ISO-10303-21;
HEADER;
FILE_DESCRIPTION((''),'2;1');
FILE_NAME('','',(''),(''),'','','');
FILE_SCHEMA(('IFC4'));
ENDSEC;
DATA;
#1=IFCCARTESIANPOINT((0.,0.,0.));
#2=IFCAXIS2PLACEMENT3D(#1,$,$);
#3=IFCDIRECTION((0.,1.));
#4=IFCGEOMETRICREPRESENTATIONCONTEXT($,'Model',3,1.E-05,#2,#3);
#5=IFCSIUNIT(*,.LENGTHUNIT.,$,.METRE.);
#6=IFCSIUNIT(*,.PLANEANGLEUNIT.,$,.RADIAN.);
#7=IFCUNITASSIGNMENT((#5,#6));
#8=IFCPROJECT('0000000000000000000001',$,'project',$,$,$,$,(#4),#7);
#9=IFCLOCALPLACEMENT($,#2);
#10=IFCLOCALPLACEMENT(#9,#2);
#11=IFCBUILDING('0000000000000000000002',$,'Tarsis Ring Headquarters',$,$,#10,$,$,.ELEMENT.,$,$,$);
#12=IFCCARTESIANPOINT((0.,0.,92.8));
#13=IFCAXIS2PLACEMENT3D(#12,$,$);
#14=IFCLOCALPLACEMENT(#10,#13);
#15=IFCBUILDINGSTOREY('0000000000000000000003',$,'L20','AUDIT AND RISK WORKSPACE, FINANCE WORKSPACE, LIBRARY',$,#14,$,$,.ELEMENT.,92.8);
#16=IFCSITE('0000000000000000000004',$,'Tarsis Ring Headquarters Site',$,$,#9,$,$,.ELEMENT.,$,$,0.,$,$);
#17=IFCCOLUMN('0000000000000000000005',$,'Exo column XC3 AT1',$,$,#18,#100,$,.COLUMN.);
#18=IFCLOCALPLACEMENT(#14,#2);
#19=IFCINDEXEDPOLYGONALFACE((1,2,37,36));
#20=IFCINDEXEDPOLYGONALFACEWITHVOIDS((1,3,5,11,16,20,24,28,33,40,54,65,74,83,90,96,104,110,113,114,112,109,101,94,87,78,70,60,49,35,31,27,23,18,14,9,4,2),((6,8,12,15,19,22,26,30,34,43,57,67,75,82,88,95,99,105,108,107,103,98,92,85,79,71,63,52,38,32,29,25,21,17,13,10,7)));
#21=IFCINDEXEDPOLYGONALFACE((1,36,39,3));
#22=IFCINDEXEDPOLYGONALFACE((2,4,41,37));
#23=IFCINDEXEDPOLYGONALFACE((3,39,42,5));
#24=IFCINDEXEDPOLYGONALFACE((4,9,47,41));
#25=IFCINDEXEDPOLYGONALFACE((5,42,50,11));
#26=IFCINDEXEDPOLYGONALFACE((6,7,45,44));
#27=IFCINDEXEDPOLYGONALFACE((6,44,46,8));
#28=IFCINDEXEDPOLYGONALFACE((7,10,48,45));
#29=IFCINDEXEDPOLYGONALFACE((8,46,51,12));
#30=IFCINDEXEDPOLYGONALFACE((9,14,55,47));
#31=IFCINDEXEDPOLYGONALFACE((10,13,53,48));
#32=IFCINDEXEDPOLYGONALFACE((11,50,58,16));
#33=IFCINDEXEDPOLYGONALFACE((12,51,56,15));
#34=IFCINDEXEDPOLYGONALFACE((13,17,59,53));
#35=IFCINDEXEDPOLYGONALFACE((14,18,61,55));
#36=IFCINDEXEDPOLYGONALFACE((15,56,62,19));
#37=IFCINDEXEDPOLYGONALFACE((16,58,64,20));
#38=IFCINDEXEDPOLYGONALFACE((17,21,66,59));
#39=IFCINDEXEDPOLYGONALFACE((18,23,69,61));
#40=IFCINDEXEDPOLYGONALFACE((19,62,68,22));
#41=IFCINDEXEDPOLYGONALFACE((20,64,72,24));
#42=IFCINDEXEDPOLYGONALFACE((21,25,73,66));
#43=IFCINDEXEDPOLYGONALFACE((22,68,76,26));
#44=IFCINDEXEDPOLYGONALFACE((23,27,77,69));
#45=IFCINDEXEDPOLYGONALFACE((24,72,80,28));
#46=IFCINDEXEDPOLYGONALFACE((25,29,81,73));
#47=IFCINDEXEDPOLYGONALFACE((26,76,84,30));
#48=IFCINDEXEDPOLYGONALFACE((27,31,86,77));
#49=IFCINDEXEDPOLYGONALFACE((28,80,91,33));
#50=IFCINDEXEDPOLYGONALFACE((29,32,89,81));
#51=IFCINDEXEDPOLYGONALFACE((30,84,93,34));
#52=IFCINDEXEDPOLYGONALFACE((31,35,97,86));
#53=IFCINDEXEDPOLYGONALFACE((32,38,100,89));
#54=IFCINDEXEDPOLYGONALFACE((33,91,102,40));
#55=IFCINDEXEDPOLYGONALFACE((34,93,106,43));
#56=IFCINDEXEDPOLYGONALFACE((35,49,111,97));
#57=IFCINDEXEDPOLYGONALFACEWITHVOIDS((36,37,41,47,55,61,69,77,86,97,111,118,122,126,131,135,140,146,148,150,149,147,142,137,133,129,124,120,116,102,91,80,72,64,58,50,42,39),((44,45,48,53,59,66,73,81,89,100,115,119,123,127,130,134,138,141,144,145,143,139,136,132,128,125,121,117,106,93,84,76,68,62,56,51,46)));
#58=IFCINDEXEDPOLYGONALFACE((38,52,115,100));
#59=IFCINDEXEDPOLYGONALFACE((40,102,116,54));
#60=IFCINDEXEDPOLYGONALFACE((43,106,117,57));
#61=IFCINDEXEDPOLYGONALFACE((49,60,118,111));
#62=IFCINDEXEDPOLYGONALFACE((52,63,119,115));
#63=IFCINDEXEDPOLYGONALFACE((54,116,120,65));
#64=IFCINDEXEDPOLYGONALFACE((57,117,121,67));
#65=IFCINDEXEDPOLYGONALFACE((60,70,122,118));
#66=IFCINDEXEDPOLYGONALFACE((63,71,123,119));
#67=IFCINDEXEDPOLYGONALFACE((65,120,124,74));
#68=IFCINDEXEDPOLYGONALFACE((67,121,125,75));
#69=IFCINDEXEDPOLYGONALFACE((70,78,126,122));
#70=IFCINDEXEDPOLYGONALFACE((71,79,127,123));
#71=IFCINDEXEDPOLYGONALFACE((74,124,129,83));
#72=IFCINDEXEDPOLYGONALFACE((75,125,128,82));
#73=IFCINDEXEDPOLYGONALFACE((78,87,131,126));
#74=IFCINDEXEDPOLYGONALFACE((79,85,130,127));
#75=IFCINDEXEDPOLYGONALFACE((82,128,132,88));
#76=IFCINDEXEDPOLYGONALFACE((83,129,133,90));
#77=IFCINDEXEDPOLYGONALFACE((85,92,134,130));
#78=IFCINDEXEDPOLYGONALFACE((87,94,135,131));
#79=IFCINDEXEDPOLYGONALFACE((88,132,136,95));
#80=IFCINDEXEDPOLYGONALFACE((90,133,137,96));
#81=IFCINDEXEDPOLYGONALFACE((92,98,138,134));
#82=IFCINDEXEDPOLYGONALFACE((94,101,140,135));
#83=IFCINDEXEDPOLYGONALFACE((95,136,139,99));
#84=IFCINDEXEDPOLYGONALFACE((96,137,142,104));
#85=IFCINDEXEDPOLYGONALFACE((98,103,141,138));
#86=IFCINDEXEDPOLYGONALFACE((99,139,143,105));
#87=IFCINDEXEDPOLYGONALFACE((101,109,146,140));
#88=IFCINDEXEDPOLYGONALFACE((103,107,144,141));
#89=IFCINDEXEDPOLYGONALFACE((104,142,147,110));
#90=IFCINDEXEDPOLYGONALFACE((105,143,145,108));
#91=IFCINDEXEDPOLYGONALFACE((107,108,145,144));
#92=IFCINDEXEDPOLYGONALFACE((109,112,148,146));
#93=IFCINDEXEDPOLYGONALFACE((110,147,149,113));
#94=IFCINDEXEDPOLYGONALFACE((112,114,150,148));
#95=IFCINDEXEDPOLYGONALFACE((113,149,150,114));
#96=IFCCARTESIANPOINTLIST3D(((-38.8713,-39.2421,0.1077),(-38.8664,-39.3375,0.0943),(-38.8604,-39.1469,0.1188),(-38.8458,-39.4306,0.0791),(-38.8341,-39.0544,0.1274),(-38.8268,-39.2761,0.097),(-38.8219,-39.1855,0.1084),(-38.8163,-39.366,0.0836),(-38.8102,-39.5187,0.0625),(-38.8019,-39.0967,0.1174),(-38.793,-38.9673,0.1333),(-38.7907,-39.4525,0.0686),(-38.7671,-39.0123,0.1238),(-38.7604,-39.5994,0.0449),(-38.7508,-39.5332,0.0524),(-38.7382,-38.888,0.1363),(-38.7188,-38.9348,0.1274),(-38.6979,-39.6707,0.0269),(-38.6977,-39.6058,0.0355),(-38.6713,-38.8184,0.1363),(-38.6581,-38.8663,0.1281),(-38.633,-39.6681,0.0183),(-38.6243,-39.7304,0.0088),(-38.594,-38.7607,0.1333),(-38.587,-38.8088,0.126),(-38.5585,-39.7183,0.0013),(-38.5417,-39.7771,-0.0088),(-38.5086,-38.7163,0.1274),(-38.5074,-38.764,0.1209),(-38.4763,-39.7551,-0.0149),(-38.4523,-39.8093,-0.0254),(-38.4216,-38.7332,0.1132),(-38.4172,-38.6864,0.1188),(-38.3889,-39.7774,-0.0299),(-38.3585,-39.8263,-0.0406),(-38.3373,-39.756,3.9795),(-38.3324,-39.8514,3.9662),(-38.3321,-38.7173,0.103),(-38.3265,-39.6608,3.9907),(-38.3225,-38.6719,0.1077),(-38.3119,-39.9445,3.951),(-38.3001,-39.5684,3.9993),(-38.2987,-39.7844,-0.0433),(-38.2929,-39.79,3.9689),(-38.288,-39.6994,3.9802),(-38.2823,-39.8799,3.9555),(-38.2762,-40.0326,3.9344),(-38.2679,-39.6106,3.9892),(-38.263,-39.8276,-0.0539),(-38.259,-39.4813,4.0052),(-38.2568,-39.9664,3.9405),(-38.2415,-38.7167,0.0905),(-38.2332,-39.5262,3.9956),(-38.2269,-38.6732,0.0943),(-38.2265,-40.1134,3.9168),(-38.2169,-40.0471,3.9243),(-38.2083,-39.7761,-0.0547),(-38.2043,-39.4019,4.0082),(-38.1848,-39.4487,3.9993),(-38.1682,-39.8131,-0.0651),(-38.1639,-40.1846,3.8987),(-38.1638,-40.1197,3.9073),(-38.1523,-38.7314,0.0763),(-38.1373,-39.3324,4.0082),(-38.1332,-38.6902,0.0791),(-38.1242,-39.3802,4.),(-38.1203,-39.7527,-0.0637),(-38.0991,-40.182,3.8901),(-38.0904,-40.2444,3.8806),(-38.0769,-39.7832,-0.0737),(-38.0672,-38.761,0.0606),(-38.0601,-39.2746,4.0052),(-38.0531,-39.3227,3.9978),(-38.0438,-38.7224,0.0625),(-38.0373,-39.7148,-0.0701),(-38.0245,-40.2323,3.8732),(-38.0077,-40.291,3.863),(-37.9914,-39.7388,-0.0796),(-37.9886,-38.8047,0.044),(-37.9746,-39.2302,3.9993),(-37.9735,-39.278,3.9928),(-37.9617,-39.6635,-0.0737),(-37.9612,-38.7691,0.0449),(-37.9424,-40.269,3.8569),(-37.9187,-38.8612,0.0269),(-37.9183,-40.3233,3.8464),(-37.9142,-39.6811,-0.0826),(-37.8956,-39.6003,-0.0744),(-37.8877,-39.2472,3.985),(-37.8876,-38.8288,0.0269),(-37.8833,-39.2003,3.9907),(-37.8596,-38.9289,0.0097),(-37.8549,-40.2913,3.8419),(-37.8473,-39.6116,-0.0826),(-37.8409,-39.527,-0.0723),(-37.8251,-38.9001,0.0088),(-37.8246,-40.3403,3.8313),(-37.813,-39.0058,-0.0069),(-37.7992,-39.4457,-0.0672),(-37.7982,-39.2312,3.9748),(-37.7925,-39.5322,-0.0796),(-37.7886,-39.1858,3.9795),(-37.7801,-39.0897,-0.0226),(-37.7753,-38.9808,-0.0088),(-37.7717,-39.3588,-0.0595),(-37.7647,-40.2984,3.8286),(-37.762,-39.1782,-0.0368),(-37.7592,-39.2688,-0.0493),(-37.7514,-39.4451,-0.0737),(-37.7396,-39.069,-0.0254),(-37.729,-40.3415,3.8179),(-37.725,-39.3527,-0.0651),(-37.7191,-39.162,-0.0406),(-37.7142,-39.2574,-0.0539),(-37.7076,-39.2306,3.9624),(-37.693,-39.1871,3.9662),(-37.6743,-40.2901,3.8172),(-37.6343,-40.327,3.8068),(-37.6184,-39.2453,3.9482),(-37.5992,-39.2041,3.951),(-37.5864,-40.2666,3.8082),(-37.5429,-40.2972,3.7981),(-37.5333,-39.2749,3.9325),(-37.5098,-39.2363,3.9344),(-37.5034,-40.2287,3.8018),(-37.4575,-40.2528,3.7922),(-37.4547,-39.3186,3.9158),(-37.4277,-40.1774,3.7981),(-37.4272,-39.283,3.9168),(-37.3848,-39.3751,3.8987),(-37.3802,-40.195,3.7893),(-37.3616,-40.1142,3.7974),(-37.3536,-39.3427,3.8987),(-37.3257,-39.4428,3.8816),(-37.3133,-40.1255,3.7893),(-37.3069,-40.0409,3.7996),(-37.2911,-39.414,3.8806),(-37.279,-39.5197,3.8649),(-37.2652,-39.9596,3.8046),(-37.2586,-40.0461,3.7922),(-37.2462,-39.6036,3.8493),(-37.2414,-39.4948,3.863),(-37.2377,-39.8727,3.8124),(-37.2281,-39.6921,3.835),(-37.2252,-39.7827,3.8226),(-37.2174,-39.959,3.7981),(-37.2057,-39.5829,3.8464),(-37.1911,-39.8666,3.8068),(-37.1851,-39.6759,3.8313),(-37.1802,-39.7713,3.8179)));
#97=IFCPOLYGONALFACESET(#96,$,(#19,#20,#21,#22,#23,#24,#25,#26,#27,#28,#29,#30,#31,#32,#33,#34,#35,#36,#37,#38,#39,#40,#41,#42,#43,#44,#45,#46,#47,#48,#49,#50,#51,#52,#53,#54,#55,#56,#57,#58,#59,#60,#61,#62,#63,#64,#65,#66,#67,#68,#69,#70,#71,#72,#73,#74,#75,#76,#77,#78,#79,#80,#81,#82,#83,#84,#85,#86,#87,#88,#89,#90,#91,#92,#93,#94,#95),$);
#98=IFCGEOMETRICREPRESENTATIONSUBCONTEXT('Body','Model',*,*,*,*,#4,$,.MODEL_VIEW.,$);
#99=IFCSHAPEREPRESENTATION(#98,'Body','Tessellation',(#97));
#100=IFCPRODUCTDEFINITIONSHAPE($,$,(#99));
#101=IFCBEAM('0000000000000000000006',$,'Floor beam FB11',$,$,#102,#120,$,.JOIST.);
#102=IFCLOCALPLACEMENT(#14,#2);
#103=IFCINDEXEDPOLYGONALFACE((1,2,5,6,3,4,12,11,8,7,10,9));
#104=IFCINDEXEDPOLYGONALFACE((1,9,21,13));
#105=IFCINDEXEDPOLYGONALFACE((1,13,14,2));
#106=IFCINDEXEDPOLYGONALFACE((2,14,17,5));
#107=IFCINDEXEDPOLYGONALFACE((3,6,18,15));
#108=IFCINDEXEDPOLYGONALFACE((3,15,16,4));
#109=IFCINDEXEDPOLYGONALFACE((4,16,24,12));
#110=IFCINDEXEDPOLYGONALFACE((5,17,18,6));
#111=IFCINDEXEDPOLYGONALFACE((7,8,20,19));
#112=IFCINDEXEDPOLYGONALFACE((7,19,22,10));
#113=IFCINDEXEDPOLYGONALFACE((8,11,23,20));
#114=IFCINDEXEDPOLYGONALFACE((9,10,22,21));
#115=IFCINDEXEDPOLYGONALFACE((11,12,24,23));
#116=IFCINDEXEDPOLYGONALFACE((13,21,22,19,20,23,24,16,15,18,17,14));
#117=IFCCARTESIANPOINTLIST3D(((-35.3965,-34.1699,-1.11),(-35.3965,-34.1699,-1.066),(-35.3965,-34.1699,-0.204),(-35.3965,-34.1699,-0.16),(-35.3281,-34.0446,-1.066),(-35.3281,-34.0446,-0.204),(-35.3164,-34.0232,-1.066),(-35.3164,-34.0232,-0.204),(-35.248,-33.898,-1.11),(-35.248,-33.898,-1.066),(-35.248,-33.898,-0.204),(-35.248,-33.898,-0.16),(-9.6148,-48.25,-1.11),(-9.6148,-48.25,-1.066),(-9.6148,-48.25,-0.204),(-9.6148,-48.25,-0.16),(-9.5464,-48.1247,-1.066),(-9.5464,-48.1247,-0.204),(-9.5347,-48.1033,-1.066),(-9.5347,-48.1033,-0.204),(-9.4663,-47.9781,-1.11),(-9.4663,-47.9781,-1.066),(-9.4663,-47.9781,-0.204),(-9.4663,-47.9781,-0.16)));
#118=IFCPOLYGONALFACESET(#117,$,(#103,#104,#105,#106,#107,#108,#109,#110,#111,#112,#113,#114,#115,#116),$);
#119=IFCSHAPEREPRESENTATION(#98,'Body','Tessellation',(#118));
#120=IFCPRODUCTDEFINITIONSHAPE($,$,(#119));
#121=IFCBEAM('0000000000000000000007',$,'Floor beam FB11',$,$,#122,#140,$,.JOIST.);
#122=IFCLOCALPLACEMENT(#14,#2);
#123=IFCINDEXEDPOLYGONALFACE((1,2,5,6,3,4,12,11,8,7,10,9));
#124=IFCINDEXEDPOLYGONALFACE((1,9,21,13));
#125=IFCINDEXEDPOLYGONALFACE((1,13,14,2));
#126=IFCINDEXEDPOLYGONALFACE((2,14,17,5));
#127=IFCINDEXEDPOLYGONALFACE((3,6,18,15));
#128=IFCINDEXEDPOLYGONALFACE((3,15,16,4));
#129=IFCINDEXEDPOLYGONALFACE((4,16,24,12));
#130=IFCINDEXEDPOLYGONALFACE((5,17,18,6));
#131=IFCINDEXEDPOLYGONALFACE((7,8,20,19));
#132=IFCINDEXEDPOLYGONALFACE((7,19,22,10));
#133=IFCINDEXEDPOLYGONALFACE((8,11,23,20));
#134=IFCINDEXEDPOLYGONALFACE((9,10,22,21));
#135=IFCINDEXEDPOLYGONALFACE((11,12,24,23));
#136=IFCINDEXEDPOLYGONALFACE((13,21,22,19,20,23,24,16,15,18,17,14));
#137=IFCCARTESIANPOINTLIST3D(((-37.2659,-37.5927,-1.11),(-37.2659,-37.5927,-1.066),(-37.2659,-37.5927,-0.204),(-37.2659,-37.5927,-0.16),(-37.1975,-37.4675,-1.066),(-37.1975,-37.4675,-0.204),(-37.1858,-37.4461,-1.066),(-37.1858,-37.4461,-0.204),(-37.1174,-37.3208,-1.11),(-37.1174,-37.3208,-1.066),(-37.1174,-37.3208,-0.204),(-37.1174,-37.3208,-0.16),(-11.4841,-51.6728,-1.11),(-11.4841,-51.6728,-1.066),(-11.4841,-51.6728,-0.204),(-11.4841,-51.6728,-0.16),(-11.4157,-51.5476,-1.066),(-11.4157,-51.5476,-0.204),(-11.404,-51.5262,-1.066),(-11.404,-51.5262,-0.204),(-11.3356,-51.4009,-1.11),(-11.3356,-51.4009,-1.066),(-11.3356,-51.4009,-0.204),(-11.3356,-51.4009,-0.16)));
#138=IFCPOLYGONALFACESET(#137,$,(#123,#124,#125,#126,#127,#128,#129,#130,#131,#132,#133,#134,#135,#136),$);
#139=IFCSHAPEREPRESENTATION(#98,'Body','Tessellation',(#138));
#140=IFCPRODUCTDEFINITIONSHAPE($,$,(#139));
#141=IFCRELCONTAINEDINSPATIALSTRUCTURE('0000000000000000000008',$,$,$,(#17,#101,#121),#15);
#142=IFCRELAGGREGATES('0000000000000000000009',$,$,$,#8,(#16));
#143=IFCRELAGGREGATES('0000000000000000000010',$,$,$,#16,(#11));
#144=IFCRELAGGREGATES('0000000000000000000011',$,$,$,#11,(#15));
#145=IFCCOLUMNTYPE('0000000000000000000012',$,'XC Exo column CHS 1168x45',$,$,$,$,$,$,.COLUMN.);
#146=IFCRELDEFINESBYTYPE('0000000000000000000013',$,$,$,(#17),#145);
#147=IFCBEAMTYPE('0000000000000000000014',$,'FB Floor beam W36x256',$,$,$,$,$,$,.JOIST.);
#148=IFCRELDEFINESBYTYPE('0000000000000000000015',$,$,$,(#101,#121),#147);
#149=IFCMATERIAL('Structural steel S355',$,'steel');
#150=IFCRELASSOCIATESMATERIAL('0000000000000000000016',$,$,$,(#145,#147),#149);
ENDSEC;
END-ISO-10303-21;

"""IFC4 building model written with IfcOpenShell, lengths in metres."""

from ifc_helpers import new_model, si_unit, direction, frame, origin, origin_2d, place, context, subcontext, project, spatial, hollow_circle, i_section, extrude, material, material_profile, profile_set, type_object, element, save


model = new_model("IFC4")

# Units and contexts
model_context = context("Model", 3, precision=1e-05, world=origin(), true_north=direction((0.0, 1.0)))
body_context = subcontext(model_context, "Body", "Model", "MODEL_VIEW")
ifc_project = project(units=[si_unit("LENGTHUNIT", "METRE"), si_unit("PLANEANGLEUNIT", "RADIAN")], contexts=[model_context])

# Site, building, storey
site_placement = place(None, origin())
site = spatial("IfcSite", under=ifc_project, at=site_placement, Name="Tarsis Ring Headquarters Site", CompositionType="ELEMENT", RefElevation=0.0)
building_placement = place(site_placement, origin())
building = spatial("IfcBuilding", under=site, at=building_placement, Name="Tarsis Ring Headquarters", CompositionType="ELEMENT")
storey_placement = place(building_placement, frame((0.0, 0.0, 92.8)))
storey = spatial("IfcBuildingStorey", under=building, at=storey_placement, Name="L20", Description="AUDIT AND RISK WORKSPACE, FINANCE WORKSPACE, LIBRARY", CompositionType="ELEMENT", Elevation=92.8)

# Column
ifc_material_1 = material(Name="Structural steel S355", Category="steel")
ifc_material_profile_1 = material_profile(ifc_material_1, hollow_circle(Radius=0.5842, WallThickness=0.0449, at=origin_2d()), Name="CHS 1168x45")
ifc_profile_set_1 = profile_set([ifc_material_profile_1], Name="Structural steel S355")
column_type = type_object("IfcColumnType", Name="XC Exo column CHS 1168x45", PredefinedType="COLUMN", material=ifc_profile_set_1)
column_placement = place(storey_placement, frame((-38.2927, -39.2498, 0.0269), z_axis=(0.135444, -0.130366, 0.982171), x_axis=(0.693471, 0.720485, 0.0)))
element("IfcColumn", 1, at=column_placement, inside=storey, type_object=column_type, Name="Exo column XC3 AT1", PredefinedType="COLUMN", context=body_context, shape_type="SweptSolid", body=[
    extrude(hollow_circle(Radius=0.5842, WallThickness=0.0449, at=origin_2d()), origin(), (0.0, 0.0, 1.0), 3.9421),
])

# Beams
ifc_material_profile_2 = material_profile(ifc_material_1, i_section(OverallWidth=0.3098, OverallDepth=0.95, WebThickness=0.0244, FlangeThickness=0.0439, at=origin_2d()), Name="W36x256")
ifc_profile_set_2 = profile_set([ifc_material_profile_2], Name="Structural steel S355")
beam_type_1 = type_object("IfcBeamType", Name="FB Floor beam W36x256", PredefinedType="JOIST", material=ifc_profile_set_2)
for number, where, z_axis, x_axis, name in (
    (2, (-35.3223, -34.0339, -0.635), (0.877648, -0.479306, 0.0), (0.479306, 0.877648, 0.0), "Floor beam FB11"),
    (3, (-37.1917, -37.4568, -0.635), (0.877648, -0.479306, 0.0), (0.479306, 0.877648, 0.0), "Floor beam FB11"),
):
    element("IfcBeam", number, at=place(storey_placement, frame(where, z_axis=z_axis, x_axis=x_axis)), inside=storey, type_object=beam_type_1, Name=name, PredefinedType="JOIST", context=body_context, shape_type="SweptSolid", body=[
        extrude(i_section(OverallWidth=0.3098, OverallDepth=0.95, WebThickness=0.0244, FlangeThickness=0.0439, at=origin_2d()), origin(), (0.0, 0.0, 1.0), 29.376),
    ])

save(model, "model.ifc")
